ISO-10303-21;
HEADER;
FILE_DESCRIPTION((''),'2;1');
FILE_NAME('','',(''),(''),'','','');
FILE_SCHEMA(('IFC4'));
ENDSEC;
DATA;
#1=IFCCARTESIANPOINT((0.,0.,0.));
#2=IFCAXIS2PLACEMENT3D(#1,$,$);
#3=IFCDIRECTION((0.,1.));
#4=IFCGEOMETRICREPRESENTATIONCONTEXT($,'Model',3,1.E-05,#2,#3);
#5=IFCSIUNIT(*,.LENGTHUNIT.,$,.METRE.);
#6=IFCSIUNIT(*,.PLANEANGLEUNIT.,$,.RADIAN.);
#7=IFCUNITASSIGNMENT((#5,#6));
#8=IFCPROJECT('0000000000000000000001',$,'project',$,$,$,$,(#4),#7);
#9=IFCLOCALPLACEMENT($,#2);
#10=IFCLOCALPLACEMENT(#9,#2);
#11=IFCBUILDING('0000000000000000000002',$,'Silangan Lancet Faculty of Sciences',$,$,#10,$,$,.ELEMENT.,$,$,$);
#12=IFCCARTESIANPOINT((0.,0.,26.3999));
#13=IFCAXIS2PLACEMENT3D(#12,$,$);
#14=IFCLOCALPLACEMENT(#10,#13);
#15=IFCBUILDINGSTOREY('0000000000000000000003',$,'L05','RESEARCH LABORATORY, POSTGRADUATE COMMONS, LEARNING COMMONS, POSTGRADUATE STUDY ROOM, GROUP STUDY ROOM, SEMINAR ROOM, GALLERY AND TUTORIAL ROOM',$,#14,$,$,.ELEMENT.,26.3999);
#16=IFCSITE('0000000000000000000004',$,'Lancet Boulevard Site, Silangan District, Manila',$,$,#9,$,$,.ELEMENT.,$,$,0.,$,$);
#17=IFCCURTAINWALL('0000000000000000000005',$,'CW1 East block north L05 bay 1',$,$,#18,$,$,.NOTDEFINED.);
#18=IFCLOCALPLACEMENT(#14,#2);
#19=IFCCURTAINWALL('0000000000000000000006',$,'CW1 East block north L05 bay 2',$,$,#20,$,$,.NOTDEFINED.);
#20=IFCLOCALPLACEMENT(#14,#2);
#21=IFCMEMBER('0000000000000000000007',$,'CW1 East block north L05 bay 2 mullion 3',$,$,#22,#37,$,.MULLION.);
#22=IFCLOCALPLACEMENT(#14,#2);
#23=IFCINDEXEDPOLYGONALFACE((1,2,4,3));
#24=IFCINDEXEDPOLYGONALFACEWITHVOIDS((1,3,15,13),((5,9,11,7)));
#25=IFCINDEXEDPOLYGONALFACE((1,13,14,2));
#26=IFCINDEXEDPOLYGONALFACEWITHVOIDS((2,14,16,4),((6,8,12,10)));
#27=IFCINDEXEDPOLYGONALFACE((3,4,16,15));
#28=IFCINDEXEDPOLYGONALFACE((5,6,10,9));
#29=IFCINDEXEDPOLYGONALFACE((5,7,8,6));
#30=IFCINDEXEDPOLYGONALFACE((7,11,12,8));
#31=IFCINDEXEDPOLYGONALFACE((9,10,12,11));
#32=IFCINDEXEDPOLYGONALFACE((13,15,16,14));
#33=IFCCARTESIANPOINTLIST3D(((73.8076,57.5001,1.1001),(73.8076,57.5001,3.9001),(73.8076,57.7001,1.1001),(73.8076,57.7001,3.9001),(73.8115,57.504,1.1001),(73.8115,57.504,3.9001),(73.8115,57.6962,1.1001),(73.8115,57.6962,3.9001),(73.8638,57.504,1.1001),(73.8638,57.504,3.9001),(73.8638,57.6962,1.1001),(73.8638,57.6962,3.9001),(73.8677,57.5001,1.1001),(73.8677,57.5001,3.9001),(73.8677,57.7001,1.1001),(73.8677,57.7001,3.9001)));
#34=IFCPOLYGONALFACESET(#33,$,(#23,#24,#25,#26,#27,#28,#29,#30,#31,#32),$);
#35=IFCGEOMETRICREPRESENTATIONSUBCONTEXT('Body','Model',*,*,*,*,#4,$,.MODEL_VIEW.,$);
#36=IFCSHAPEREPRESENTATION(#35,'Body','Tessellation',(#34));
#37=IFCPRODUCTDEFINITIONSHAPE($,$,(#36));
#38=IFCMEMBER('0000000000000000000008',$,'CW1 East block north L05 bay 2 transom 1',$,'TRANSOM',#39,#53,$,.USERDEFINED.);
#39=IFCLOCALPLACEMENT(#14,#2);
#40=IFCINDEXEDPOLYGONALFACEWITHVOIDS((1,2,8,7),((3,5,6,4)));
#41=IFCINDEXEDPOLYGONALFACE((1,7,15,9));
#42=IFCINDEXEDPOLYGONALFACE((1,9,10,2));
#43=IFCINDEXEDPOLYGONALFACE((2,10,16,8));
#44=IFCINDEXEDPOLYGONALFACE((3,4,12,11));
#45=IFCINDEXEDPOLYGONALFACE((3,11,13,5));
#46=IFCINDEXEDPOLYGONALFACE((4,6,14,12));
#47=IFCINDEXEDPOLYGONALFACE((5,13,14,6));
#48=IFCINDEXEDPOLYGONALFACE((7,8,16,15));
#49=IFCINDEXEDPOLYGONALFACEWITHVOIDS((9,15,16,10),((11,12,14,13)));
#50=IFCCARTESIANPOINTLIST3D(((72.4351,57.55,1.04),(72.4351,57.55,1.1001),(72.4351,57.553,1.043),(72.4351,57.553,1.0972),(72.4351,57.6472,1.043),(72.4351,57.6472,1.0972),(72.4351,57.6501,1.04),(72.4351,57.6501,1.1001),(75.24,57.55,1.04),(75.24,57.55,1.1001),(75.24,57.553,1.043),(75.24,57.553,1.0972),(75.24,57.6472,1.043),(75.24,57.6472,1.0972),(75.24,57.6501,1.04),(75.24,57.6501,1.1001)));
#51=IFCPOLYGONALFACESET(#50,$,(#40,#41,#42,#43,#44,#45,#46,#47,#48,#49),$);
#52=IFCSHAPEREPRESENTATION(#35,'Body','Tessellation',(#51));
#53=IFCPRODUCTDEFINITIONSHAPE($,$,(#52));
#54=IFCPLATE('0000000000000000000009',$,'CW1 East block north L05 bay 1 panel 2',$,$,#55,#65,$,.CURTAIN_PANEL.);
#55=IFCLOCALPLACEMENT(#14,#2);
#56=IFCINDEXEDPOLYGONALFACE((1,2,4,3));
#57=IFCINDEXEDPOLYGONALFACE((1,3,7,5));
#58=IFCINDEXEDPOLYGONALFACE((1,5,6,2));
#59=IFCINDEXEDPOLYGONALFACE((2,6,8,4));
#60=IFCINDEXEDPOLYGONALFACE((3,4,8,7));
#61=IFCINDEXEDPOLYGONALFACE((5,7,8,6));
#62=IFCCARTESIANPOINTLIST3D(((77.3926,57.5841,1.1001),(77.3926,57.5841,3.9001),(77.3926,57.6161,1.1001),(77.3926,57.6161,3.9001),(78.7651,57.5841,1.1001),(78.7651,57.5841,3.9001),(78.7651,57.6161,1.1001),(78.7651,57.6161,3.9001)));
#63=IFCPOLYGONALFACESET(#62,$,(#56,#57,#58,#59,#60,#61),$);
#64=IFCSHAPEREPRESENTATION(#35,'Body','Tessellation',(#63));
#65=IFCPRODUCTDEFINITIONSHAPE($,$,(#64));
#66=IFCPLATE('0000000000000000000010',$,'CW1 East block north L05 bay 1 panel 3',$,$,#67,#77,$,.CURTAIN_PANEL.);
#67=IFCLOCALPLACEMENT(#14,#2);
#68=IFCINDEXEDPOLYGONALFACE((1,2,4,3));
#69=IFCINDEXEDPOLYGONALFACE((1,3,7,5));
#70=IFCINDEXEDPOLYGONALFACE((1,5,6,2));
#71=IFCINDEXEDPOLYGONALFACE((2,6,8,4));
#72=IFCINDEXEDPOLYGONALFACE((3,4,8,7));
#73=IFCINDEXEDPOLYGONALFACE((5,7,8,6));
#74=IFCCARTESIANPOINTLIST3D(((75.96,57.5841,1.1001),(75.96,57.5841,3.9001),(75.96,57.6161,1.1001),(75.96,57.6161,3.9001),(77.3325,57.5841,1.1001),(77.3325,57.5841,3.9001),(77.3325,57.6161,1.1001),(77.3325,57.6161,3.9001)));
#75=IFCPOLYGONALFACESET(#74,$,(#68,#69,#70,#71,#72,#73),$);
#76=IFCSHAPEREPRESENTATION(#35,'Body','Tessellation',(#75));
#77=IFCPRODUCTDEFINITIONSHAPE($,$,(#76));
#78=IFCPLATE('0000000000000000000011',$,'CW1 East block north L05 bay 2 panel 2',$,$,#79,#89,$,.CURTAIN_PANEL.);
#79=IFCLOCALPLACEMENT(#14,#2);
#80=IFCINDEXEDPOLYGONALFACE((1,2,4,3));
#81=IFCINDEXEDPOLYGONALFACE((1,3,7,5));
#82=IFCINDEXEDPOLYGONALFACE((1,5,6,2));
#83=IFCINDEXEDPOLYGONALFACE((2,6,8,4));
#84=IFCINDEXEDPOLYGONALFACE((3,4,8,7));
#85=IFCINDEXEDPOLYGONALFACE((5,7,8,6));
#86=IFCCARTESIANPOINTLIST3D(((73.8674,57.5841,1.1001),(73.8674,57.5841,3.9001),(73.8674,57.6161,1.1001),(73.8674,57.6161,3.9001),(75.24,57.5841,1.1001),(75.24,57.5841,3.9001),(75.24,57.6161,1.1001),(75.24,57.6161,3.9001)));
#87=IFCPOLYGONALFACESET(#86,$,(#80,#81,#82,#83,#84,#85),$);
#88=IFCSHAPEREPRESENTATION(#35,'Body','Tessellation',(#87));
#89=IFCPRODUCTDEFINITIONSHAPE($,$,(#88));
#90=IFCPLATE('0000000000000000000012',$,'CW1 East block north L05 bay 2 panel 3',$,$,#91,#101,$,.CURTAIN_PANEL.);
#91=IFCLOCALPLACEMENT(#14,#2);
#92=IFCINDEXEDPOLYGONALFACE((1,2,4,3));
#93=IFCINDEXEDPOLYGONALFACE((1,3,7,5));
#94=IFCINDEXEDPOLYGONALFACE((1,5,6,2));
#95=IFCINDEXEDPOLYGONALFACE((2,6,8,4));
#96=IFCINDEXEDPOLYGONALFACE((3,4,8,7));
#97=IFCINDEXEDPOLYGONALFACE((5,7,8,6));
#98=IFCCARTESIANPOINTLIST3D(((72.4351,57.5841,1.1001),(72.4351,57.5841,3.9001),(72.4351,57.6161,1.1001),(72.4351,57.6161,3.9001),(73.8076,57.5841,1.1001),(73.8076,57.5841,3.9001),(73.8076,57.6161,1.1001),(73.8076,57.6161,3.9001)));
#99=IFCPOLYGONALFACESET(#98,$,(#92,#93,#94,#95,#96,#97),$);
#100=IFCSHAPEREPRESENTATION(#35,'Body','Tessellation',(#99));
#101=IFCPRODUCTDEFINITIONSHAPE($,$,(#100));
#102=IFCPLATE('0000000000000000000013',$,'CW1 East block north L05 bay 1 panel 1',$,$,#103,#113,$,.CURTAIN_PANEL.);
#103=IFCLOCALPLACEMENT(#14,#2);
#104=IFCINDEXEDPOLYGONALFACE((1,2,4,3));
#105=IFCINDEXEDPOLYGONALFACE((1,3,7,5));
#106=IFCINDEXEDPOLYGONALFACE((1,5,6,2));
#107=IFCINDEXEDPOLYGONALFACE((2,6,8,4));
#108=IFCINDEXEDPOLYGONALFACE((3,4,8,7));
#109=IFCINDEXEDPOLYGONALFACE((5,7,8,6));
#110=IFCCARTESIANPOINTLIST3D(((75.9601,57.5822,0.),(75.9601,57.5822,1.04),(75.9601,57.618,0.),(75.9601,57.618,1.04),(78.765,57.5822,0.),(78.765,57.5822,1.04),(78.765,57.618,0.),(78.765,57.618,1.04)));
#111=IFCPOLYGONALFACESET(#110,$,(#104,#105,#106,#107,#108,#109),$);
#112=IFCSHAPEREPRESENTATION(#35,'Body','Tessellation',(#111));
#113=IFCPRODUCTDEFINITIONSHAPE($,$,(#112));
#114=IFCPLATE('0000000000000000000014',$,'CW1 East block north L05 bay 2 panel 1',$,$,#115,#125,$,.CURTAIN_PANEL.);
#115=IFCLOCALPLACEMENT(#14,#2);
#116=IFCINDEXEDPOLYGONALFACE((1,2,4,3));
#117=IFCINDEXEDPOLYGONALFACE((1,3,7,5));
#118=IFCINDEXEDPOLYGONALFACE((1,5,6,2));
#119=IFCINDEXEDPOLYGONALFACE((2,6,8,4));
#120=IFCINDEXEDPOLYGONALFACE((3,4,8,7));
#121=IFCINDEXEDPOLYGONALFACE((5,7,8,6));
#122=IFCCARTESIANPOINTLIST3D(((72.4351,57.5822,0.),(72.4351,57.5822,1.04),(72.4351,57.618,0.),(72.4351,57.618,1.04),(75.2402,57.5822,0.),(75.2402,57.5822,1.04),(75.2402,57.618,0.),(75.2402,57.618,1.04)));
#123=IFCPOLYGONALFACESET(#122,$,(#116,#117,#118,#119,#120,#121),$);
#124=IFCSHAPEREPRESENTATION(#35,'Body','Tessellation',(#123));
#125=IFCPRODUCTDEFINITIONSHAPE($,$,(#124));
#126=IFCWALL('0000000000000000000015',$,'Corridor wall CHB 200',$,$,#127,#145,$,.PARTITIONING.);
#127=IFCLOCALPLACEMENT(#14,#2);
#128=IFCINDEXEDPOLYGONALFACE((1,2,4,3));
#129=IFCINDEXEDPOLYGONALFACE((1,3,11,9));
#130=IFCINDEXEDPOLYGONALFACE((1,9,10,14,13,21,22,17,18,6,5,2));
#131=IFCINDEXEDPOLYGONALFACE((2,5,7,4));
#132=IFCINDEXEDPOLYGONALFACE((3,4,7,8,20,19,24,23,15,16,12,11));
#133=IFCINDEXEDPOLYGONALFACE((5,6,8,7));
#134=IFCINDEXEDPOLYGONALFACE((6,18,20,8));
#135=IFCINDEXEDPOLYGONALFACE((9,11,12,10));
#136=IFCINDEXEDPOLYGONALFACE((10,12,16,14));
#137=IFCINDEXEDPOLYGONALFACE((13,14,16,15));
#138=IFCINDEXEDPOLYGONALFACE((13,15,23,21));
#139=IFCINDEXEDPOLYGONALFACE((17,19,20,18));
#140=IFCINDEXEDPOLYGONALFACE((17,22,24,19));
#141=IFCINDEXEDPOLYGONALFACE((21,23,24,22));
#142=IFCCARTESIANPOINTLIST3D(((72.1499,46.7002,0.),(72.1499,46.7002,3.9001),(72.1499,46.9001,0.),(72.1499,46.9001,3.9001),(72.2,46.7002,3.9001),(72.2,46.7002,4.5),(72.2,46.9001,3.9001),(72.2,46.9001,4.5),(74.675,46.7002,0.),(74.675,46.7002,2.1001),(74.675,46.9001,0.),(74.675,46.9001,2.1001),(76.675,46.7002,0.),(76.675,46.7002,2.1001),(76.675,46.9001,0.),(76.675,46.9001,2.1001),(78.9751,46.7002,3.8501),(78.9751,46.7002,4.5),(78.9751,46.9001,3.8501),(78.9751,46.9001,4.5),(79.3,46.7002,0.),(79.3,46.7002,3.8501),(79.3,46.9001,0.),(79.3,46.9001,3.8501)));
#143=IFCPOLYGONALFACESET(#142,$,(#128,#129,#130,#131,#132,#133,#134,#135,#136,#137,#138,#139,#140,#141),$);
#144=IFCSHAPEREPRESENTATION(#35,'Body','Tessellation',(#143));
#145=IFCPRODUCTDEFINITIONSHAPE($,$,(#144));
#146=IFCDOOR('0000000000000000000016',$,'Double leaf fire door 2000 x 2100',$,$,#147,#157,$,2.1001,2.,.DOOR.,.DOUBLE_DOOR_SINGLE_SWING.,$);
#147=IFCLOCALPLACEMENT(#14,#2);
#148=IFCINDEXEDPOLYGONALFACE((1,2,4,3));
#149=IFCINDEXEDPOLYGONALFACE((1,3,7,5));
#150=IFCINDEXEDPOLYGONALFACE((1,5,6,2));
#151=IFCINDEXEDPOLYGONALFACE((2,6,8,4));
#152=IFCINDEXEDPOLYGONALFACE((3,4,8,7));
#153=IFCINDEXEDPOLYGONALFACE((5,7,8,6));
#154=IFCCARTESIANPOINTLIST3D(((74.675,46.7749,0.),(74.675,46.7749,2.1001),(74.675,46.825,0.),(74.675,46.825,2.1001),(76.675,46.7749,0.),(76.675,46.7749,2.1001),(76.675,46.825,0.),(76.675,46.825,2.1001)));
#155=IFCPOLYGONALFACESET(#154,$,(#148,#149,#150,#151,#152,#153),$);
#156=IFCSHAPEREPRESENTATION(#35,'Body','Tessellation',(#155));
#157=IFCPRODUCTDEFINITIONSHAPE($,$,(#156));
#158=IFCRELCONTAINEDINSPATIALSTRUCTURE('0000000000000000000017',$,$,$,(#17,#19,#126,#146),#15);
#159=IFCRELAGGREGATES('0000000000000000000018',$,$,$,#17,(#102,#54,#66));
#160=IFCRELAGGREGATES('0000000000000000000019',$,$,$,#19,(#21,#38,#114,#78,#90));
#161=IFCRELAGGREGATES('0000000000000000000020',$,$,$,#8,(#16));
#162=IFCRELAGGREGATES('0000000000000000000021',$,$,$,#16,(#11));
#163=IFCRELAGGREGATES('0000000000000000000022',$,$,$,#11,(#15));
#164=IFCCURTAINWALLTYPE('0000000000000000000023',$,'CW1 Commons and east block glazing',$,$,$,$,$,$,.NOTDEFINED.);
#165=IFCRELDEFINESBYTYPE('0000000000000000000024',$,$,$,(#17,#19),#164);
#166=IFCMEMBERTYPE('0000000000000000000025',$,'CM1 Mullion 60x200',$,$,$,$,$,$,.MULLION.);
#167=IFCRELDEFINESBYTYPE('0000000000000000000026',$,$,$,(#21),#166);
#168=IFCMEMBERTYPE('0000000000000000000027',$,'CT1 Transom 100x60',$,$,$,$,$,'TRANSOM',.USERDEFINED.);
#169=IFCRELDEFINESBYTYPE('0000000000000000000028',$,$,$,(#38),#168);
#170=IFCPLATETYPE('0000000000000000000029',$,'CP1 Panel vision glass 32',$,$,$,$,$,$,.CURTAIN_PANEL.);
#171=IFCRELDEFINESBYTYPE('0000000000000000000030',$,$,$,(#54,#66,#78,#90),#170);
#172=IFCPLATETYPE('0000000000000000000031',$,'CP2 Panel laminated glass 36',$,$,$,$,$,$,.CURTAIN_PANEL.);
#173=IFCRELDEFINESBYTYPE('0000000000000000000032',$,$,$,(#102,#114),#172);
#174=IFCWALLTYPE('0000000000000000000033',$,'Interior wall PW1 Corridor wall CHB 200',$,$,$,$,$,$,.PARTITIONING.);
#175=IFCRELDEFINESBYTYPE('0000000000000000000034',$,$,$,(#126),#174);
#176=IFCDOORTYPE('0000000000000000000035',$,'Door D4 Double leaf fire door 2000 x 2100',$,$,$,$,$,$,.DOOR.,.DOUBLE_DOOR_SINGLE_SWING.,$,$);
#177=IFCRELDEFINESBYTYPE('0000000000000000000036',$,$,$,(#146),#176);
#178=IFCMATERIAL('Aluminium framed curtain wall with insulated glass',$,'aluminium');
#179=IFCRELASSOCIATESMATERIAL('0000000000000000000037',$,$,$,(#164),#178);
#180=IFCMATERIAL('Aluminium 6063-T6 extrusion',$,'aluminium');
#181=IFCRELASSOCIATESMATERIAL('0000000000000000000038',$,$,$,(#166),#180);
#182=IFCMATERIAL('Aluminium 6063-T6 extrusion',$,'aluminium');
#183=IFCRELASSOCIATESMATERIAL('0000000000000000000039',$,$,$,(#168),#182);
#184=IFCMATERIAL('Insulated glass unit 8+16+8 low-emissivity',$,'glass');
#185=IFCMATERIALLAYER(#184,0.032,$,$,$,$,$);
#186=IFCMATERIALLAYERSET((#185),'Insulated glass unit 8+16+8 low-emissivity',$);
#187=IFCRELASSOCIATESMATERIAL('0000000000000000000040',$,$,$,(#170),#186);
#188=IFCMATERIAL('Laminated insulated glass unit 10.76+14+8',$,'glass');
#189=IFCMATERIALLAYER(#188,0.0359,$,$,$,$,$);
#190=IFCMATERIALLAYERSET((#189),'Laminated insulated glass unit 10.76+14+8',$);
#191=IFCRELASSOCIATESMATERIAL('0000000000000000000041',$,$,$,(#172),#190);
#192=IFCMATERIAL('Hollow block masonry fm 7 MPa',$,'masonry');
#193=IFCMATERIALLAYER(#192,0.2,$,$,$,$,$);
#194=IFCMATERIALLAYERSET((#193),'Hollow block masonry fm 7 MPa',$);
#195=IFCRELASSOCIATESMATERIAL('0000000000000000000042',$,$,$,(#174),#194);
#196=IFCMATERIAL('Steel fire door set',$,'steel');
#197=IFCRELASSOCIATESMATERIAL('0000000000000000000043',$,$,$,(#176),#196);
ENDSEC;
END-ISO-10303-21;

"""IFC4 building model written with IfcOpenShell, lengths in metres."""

from ifc_helpers import new_model, si_unit, direction, frame, frame_2d, origin, origin_2d, place, context, subcontext, project, spatial, polyline, rectangle, hollow_rectangle, outline, extrude, material, layer, layer_set, material_profile, profile_set, type_object, element, fill, aggregate, save


model = new_model("IFC4")

# Units and contexts
model_context = context("Model", 3, precision=1e-05, world=origin(), true_north=direction((0.0, 1.0)))
body_context = subcontext(model_context, "Body", "Model", "MODEL_VIEW")
ifc_project = project(units=[si_unit("LENGTHUNIT", "METRE"), si_unit("PLANEANGLEUNIT", "RADIAN")], contexts=[model_context])

# Site, building, storey
site_placement = place(None, origin())
site = spatial("IfcSite", under=ifc_project, at=site_placement, Name="Lancet Boulevard Site, Silangan District, Manila", CompositionType="ELEMENT", RefElevation=0.0)
building_placement = place(site_placement, origin())
building = spatial("IfcBuilding", under=site, at=building_placement, Name="Silangan Lancet Faculty of Sciences", CompositionType="ELEMENT")
storey_placement = place(building_placement, frame((0.0, 0.0, 26.3999)))
storey = spatial("IfcBuildingStorey", under=building, at=storey_placement, Name="L05", Description="RESEARCH LABORATORY, POSTGRADUATE COMMONS, LEARNING COMMONS, POSTGRADUATE STUDY ROOM, GROUP STUDY ROOM, SEMINAR ROOM, GALLERY AND TUTORIAL ROOM", CompositionType="ELEMENT", Elevation=26.3999)

# Curtain walls, members
ifc_material_1 = material(Name="Aluminium framed curtain wall with insulated glass", Category="aluminium")
curtain_wall_type = type_object("IfcCurtainWallType", Name="CW1 Commons and east block glazing", PredefinedType="NOTDEFINED", material=ifc_material_1)
curtain_wall_1_placement = place(storey_placement, origin())
curtain_wall_1 = element("IfcCurtainWall", 1, at=curtain_wall_1_placement, inside=storey, type_object=curtain_wall_type, Name="CW1 East block north L05 bay 1", PredefinedType="NOTDEFINED")
ifc_material_2 = material(Name="Aluminium 6063-T6 extrusion", Category="aluminium")
ifc_material_profile_1 = material_profile(ifc_material_2, hollow_rectangle(XDim=0.0601, YDim=0.2, WallThickness=0.0039, at=origin_2d()), Name="AL BOX 60x200x4")
ifc_profile_set_1 = profile_set([ifc_material_profile_1], Name="Aluminium 6063-T6 extrusion")
member_type_1 = type_object("IfcMemberType", Name="CM1 Mullion 60x200", PredefinedType="MULLION", material=ifc_profile_set_1)
curtain_wall_2_placement = place(storey_placement, origin())
curtain_wall_2 = element("IfcCurtainWall", 2, at=curtain_wall_2_placement, inside=storey, type_object=curtain_wall_type, Name="CW1 East block north L05 bay 2", PredefinedType="NOTDEFINED")
member_1_placement = place(storey_placement, frame((73.8376, 57.6001, 1.1001), z_axis=(0.0, 0.0, 1.0), x_axis=(-1.0, 0.0, 0.0)))
member_1 = element("IfcMember", 3, at=member_1_placement, type_object=member_type_1, Name="CW1 East block north L05 bay 2 mullion 3", PredefinedType="MULLION", context=body_context, shape_type="SweptSolid", body=[
    extrude(hollow_rectangle(XDim=0.0601, YDim=0.2, WallThickness=0.0039, at=origin_2d()), origin(), (0.0, 0.0, 1.0), 2.8),
])
ifc_material_3 = material(Name="Aluminium 6063-T6 extrusion", Category="aluminium")
ifc_material_profile_2 = material_profile(ifc_material_3, hollow_rectangle(XDim=0.1001, YDim=0.0601, WallThickness=0.0029, at=origin_2d()), Name="AL BOX 100x60x3")
ifc_profile_set_2 = profile_set([ifc_material_profile_2], Name="Aluminium 6063-T6 extrusion")
member_type_2 = type_object("IfcMemberType", Name="CT1 Transom 100x60", ElementType="TRANSOM", PredefinedType="USERDEFINED", material=ifc_profile_set_2)
member_2_placement = place(storey_placement, frame((75.24, 57.6001, 1.0701), z_axis=(-1.0, 0.0, 0.0), x_axis=(0.0, -1.0, 0.0)))
member_2 = element("IfcMember", 4, at=member_2_placement, type_object=member_type_2, Name="CW1 East block north L05 bay 2 transom 1", ObjectType="TRANSOM", PredefinedType="USERDEFINED", context=body_context, shape_type="SweptSolid", body=[
    extrude(hollow_rectangle(XDim=0.1001, YDim=0.0601, WallThickness=0.0029, at=origin_2d()), origin(), (0.0, 0.0, 1.0), 2.8049),
])

# Plates
ifc_material_4 = material(Name="Insulated glass unit 8+16+8 low-emissivity", Category="glass")
ifc_layer_1 = layer(ifc_material_4, 0.032)
ifc_layer_set_1 = layer_set([ifc_layer_1], Name="Insulated glass unit 8+16+8 low-emissivity")
plate_type_1 = type_object("IfcPlateType", Name="CP1 Panel vision glass 32", PredefinedType="CURTAIN_PANEL", material=ifc_layer_set_1)
plate_1_placement = place(storey_placement, frame((78.0789, 57.6001, 1.1001), z_axis=(0.0, 0.0, 1.0), x_axis=(-1.0, 0.0, 0.0)))
plate_1 = element("IfcPlate", 5, at=plate_1_placement, type_object=plate_type_1, Name="CW1 East block north L05 bay 1 panel 2", PredefinedType="CURTAIN_PANEL", context=body_context, shape_type="SweptSolid", body=[
    extrude(rectangle(XDim=1.3726, YDim=0.032, at=origin_2d()), origin(), (0.0, 0.0, 1.0), 2.8),
])
plate_2_placement = place(storey_placement, frame((76.6462, 57.6001, 1.1001), z_axis=(0.0, 0.0, 1.0), x_axis=(-1.0, 0.0, 0.0)))
plate_2 = element("IfcPlate", 6, at=plate_2_placement, type_object=plate_type_1, Name="CW1 East block north L05 bay 1 panel 3", PredefinedType="CURTAIN_PANEL", context=body_context, shape_type="SweptSolid", body=[
    extrude(rectangle(XDim=1.3726, YDim=0.032, at=origin_2d()), origin(), (0.0, 0.0, 1.0), 2.8),
])
plate_3_placement = place(storey_placement, frame((74.5537, 57.6001, 1.1001), z_axis=(0.0, 0.0, 1.0), x_axis=(-1.0, 0.0, 0.0)))
plate_3 = element("IfcPlate", 7, at=plate_3_placement, type_object=plate_type_1, Name="CW1 East block north L05 bay 2 panel 2", PredefinedType="CURTAIN_PANEL", context=body_context, shape_type="SweptSolid", body=[
    extrude(rectangle(XDim=1.3726, YDim=0.032, at=origin_2d()), origin(), (0.0, 0.0, 1.0), 2.8),
])
plate_4_placement = place(storey_placement, frame((73.1213, 57.6001, 1.1001), z_axis=(0.0, 0.0, 1.0), x_axis=(-1.0, 0.0, 0.0)))
plate_4 = element("IfcPlate", 8, at=plate_4_placement, type_object=plate_type_1, Name="CW1 East block north L05 bay 2 panel 3", PredefinedType="CURTAIN_PANEL", context=body_context, shape_type="SweptSolid", body=[
    extrude(rectangle(XDim=1.3726, YDim=0.032, at=origin_2d()), origin(), (0.0, 0.0, 1.0), 2.8),
])
ifc_material_5 = material(Name="Laminated insulated glass unit 10.76+14+8", Category="glass")
ifc_layer_2 = layer(ifc_material_5, 0.0359)
ifc_layer_set_2 = layer_set([ifc_layer_2], Name="Laminated insulated glass unit 10.76+14+8")
plate_type_2 = type_object("IfcPlateType", Name="CP2 Panel laminated glass 36", PredefinedType="CURTAIN_PANEL", material=ifc_layer_set_2)
plate_5_placement = place(storey_placement, frame((77.3625, 57.6001, 0.0), z_axis=(0.0, 0.0, 1.0), x_axis=(-1.0, 0.0, 0.0)))
plate_5 = element("IfcPlate", 9, at=plate_5_placement, type_object=plate_type_2, Name="CW1 East block north L05 bay 1 panel 1", PredefinedType="CURTAIN_PANEL", context=body_context, shape_type="SweptSolid", body=[
    extrude(rectangle(XDim=2.8049, YDim=0.0359, at=origin_2d()), origin(), (0.0, 0.0, 1.0), 1.04),
])
aggregate(curtain_wall_1, [plate_5, plate_1, plate_2])
plate_6_placement = place(storey_placement, frame((73.8376, 57.6001, 0.0), z_axis=(0.0, 0.0, 1.0), x_axis=(-1.0, 0.0, 0.0)))
plate_6 = element("IfcPlate", 10, at=plate_6_placement, type_object=plate_type_2, Name="CW1 East block north L05 bay 2 panel 1", PredefinedType="CURTAIN_PANEL", context=body_context, shape_type="SweptSolid", body=[
    extrude(rectangle(XDim=2.8052, YDim=0.0359, at=origin_2d()), origin(), (0.0, 0.0, 1.0), 1.04),
])
aggregate(curtain_wall_2, [member_1, member_2, plate_6, plate_3, plate_4])

# Wall, opening, door
ifc_material_6 = material(Name="Hollow block masonry fm 7 MPa", Category="masonry")
ifc_layer_3 = layer(ifc_material_6, 0.2)
ifc_layer_set_3 = layer_set([ifc_layer_3], Name="Hollow block masonry fm 7 MPa")
wall_type_1 = type_object("IfcWallType", Name="Interior wall PW1 Corridor wall CHB 200", PredefinedType="PARTITIONING", material=ifc_layer_set_3)
wall_1_placement = place(storey_placement, frame((72.1499, 46.8, 0.0), z_axis=(0.0, 0.0, 1.0), x_axis=(1.0, 0.0, 0.0)))
wall_1 = element("IfcWall", 11, at=wall_1_placement, inside=storey, type_object=wall_type_1, Name="Corridor wall CHB 200", PredefinedType="PARTITIONING", context=body_context, shape_type="SweptSolid", body=[
    extrude(outline(polyline([(0.0, 0.0), (7.1501, 0.0), (7.1501, 3.8501), (6.8252, 3.8501), (6.8252, 4.5), (0.05, 4.5), (0.05, 3.9001), (0.0, 3.9001), (0.0, 0.0)])), frame((0.0, 0.1001, 0.0), z_axis=(0.0, -1.0, 0.0), x_axis=(1.0, 0.0, 0.0)), (0.0, 0.0, 1.0), 0.2),
])
opening_1_placement = place(wall_1_placement, frame((2.5251, 0.0, 0.0)))
opening_1 = element("IfcOpeningElement", 12, at=opening_1_placement, cuts=wall_1, PredefinedType="OPENING", context=body_context, shape_type="SweptSolid", body=[
    extrude(rectangle(XDim=2.0, YDim=2.1001, at=frame_2d((1.0, 1.05))), frame((0.0, 0.1099, 0.0), z_axis=(0.0, -1.0, 0.0), x_axis=(1.0, 0.0, 0.0)), (0.0, 0.0, 1.0), 0.22),
])
ifc_material_7 = material(Name="Steel fire door set", Category="steel")
door_type_1 = type_object("IfcDoorType", Name="Door D4 Double leaf fire door 2000 x 2100", OperationType="DOUBLE_DOOR_SINGLE_SWING", PredefinedType="DOOR", material=ifc_material_7)
door_1_placement = place(opening_1_placement, origin())
door_1 = element("IfcDoor", 13, at=door_1_placement, inside=storey, type_object=door_type_1, Name="Double leaf fire door 2000 x 2100", OperationType="DOUBLE_DOOR_SINGLE_SWING", OverallHeight=2.1001, OverallWidth=2.0, PredefinedType="DOOR", context=body_context, shape_type="SweptSolid", body=[
    extrude(rectangle(XDim=2.0, YDim=2.1001, at=frame_2d((1.0, 1.05))), frame((0.0, 0.0249, 0.0), z_axis=(0.0, -1.0, 0.0), x_axis=(1.0, 0.0, 0.0)), (0.0, 0.0, 1.0), 0.05),
])
fill(opening_1, door_1)

save(model, "model.ifc")
